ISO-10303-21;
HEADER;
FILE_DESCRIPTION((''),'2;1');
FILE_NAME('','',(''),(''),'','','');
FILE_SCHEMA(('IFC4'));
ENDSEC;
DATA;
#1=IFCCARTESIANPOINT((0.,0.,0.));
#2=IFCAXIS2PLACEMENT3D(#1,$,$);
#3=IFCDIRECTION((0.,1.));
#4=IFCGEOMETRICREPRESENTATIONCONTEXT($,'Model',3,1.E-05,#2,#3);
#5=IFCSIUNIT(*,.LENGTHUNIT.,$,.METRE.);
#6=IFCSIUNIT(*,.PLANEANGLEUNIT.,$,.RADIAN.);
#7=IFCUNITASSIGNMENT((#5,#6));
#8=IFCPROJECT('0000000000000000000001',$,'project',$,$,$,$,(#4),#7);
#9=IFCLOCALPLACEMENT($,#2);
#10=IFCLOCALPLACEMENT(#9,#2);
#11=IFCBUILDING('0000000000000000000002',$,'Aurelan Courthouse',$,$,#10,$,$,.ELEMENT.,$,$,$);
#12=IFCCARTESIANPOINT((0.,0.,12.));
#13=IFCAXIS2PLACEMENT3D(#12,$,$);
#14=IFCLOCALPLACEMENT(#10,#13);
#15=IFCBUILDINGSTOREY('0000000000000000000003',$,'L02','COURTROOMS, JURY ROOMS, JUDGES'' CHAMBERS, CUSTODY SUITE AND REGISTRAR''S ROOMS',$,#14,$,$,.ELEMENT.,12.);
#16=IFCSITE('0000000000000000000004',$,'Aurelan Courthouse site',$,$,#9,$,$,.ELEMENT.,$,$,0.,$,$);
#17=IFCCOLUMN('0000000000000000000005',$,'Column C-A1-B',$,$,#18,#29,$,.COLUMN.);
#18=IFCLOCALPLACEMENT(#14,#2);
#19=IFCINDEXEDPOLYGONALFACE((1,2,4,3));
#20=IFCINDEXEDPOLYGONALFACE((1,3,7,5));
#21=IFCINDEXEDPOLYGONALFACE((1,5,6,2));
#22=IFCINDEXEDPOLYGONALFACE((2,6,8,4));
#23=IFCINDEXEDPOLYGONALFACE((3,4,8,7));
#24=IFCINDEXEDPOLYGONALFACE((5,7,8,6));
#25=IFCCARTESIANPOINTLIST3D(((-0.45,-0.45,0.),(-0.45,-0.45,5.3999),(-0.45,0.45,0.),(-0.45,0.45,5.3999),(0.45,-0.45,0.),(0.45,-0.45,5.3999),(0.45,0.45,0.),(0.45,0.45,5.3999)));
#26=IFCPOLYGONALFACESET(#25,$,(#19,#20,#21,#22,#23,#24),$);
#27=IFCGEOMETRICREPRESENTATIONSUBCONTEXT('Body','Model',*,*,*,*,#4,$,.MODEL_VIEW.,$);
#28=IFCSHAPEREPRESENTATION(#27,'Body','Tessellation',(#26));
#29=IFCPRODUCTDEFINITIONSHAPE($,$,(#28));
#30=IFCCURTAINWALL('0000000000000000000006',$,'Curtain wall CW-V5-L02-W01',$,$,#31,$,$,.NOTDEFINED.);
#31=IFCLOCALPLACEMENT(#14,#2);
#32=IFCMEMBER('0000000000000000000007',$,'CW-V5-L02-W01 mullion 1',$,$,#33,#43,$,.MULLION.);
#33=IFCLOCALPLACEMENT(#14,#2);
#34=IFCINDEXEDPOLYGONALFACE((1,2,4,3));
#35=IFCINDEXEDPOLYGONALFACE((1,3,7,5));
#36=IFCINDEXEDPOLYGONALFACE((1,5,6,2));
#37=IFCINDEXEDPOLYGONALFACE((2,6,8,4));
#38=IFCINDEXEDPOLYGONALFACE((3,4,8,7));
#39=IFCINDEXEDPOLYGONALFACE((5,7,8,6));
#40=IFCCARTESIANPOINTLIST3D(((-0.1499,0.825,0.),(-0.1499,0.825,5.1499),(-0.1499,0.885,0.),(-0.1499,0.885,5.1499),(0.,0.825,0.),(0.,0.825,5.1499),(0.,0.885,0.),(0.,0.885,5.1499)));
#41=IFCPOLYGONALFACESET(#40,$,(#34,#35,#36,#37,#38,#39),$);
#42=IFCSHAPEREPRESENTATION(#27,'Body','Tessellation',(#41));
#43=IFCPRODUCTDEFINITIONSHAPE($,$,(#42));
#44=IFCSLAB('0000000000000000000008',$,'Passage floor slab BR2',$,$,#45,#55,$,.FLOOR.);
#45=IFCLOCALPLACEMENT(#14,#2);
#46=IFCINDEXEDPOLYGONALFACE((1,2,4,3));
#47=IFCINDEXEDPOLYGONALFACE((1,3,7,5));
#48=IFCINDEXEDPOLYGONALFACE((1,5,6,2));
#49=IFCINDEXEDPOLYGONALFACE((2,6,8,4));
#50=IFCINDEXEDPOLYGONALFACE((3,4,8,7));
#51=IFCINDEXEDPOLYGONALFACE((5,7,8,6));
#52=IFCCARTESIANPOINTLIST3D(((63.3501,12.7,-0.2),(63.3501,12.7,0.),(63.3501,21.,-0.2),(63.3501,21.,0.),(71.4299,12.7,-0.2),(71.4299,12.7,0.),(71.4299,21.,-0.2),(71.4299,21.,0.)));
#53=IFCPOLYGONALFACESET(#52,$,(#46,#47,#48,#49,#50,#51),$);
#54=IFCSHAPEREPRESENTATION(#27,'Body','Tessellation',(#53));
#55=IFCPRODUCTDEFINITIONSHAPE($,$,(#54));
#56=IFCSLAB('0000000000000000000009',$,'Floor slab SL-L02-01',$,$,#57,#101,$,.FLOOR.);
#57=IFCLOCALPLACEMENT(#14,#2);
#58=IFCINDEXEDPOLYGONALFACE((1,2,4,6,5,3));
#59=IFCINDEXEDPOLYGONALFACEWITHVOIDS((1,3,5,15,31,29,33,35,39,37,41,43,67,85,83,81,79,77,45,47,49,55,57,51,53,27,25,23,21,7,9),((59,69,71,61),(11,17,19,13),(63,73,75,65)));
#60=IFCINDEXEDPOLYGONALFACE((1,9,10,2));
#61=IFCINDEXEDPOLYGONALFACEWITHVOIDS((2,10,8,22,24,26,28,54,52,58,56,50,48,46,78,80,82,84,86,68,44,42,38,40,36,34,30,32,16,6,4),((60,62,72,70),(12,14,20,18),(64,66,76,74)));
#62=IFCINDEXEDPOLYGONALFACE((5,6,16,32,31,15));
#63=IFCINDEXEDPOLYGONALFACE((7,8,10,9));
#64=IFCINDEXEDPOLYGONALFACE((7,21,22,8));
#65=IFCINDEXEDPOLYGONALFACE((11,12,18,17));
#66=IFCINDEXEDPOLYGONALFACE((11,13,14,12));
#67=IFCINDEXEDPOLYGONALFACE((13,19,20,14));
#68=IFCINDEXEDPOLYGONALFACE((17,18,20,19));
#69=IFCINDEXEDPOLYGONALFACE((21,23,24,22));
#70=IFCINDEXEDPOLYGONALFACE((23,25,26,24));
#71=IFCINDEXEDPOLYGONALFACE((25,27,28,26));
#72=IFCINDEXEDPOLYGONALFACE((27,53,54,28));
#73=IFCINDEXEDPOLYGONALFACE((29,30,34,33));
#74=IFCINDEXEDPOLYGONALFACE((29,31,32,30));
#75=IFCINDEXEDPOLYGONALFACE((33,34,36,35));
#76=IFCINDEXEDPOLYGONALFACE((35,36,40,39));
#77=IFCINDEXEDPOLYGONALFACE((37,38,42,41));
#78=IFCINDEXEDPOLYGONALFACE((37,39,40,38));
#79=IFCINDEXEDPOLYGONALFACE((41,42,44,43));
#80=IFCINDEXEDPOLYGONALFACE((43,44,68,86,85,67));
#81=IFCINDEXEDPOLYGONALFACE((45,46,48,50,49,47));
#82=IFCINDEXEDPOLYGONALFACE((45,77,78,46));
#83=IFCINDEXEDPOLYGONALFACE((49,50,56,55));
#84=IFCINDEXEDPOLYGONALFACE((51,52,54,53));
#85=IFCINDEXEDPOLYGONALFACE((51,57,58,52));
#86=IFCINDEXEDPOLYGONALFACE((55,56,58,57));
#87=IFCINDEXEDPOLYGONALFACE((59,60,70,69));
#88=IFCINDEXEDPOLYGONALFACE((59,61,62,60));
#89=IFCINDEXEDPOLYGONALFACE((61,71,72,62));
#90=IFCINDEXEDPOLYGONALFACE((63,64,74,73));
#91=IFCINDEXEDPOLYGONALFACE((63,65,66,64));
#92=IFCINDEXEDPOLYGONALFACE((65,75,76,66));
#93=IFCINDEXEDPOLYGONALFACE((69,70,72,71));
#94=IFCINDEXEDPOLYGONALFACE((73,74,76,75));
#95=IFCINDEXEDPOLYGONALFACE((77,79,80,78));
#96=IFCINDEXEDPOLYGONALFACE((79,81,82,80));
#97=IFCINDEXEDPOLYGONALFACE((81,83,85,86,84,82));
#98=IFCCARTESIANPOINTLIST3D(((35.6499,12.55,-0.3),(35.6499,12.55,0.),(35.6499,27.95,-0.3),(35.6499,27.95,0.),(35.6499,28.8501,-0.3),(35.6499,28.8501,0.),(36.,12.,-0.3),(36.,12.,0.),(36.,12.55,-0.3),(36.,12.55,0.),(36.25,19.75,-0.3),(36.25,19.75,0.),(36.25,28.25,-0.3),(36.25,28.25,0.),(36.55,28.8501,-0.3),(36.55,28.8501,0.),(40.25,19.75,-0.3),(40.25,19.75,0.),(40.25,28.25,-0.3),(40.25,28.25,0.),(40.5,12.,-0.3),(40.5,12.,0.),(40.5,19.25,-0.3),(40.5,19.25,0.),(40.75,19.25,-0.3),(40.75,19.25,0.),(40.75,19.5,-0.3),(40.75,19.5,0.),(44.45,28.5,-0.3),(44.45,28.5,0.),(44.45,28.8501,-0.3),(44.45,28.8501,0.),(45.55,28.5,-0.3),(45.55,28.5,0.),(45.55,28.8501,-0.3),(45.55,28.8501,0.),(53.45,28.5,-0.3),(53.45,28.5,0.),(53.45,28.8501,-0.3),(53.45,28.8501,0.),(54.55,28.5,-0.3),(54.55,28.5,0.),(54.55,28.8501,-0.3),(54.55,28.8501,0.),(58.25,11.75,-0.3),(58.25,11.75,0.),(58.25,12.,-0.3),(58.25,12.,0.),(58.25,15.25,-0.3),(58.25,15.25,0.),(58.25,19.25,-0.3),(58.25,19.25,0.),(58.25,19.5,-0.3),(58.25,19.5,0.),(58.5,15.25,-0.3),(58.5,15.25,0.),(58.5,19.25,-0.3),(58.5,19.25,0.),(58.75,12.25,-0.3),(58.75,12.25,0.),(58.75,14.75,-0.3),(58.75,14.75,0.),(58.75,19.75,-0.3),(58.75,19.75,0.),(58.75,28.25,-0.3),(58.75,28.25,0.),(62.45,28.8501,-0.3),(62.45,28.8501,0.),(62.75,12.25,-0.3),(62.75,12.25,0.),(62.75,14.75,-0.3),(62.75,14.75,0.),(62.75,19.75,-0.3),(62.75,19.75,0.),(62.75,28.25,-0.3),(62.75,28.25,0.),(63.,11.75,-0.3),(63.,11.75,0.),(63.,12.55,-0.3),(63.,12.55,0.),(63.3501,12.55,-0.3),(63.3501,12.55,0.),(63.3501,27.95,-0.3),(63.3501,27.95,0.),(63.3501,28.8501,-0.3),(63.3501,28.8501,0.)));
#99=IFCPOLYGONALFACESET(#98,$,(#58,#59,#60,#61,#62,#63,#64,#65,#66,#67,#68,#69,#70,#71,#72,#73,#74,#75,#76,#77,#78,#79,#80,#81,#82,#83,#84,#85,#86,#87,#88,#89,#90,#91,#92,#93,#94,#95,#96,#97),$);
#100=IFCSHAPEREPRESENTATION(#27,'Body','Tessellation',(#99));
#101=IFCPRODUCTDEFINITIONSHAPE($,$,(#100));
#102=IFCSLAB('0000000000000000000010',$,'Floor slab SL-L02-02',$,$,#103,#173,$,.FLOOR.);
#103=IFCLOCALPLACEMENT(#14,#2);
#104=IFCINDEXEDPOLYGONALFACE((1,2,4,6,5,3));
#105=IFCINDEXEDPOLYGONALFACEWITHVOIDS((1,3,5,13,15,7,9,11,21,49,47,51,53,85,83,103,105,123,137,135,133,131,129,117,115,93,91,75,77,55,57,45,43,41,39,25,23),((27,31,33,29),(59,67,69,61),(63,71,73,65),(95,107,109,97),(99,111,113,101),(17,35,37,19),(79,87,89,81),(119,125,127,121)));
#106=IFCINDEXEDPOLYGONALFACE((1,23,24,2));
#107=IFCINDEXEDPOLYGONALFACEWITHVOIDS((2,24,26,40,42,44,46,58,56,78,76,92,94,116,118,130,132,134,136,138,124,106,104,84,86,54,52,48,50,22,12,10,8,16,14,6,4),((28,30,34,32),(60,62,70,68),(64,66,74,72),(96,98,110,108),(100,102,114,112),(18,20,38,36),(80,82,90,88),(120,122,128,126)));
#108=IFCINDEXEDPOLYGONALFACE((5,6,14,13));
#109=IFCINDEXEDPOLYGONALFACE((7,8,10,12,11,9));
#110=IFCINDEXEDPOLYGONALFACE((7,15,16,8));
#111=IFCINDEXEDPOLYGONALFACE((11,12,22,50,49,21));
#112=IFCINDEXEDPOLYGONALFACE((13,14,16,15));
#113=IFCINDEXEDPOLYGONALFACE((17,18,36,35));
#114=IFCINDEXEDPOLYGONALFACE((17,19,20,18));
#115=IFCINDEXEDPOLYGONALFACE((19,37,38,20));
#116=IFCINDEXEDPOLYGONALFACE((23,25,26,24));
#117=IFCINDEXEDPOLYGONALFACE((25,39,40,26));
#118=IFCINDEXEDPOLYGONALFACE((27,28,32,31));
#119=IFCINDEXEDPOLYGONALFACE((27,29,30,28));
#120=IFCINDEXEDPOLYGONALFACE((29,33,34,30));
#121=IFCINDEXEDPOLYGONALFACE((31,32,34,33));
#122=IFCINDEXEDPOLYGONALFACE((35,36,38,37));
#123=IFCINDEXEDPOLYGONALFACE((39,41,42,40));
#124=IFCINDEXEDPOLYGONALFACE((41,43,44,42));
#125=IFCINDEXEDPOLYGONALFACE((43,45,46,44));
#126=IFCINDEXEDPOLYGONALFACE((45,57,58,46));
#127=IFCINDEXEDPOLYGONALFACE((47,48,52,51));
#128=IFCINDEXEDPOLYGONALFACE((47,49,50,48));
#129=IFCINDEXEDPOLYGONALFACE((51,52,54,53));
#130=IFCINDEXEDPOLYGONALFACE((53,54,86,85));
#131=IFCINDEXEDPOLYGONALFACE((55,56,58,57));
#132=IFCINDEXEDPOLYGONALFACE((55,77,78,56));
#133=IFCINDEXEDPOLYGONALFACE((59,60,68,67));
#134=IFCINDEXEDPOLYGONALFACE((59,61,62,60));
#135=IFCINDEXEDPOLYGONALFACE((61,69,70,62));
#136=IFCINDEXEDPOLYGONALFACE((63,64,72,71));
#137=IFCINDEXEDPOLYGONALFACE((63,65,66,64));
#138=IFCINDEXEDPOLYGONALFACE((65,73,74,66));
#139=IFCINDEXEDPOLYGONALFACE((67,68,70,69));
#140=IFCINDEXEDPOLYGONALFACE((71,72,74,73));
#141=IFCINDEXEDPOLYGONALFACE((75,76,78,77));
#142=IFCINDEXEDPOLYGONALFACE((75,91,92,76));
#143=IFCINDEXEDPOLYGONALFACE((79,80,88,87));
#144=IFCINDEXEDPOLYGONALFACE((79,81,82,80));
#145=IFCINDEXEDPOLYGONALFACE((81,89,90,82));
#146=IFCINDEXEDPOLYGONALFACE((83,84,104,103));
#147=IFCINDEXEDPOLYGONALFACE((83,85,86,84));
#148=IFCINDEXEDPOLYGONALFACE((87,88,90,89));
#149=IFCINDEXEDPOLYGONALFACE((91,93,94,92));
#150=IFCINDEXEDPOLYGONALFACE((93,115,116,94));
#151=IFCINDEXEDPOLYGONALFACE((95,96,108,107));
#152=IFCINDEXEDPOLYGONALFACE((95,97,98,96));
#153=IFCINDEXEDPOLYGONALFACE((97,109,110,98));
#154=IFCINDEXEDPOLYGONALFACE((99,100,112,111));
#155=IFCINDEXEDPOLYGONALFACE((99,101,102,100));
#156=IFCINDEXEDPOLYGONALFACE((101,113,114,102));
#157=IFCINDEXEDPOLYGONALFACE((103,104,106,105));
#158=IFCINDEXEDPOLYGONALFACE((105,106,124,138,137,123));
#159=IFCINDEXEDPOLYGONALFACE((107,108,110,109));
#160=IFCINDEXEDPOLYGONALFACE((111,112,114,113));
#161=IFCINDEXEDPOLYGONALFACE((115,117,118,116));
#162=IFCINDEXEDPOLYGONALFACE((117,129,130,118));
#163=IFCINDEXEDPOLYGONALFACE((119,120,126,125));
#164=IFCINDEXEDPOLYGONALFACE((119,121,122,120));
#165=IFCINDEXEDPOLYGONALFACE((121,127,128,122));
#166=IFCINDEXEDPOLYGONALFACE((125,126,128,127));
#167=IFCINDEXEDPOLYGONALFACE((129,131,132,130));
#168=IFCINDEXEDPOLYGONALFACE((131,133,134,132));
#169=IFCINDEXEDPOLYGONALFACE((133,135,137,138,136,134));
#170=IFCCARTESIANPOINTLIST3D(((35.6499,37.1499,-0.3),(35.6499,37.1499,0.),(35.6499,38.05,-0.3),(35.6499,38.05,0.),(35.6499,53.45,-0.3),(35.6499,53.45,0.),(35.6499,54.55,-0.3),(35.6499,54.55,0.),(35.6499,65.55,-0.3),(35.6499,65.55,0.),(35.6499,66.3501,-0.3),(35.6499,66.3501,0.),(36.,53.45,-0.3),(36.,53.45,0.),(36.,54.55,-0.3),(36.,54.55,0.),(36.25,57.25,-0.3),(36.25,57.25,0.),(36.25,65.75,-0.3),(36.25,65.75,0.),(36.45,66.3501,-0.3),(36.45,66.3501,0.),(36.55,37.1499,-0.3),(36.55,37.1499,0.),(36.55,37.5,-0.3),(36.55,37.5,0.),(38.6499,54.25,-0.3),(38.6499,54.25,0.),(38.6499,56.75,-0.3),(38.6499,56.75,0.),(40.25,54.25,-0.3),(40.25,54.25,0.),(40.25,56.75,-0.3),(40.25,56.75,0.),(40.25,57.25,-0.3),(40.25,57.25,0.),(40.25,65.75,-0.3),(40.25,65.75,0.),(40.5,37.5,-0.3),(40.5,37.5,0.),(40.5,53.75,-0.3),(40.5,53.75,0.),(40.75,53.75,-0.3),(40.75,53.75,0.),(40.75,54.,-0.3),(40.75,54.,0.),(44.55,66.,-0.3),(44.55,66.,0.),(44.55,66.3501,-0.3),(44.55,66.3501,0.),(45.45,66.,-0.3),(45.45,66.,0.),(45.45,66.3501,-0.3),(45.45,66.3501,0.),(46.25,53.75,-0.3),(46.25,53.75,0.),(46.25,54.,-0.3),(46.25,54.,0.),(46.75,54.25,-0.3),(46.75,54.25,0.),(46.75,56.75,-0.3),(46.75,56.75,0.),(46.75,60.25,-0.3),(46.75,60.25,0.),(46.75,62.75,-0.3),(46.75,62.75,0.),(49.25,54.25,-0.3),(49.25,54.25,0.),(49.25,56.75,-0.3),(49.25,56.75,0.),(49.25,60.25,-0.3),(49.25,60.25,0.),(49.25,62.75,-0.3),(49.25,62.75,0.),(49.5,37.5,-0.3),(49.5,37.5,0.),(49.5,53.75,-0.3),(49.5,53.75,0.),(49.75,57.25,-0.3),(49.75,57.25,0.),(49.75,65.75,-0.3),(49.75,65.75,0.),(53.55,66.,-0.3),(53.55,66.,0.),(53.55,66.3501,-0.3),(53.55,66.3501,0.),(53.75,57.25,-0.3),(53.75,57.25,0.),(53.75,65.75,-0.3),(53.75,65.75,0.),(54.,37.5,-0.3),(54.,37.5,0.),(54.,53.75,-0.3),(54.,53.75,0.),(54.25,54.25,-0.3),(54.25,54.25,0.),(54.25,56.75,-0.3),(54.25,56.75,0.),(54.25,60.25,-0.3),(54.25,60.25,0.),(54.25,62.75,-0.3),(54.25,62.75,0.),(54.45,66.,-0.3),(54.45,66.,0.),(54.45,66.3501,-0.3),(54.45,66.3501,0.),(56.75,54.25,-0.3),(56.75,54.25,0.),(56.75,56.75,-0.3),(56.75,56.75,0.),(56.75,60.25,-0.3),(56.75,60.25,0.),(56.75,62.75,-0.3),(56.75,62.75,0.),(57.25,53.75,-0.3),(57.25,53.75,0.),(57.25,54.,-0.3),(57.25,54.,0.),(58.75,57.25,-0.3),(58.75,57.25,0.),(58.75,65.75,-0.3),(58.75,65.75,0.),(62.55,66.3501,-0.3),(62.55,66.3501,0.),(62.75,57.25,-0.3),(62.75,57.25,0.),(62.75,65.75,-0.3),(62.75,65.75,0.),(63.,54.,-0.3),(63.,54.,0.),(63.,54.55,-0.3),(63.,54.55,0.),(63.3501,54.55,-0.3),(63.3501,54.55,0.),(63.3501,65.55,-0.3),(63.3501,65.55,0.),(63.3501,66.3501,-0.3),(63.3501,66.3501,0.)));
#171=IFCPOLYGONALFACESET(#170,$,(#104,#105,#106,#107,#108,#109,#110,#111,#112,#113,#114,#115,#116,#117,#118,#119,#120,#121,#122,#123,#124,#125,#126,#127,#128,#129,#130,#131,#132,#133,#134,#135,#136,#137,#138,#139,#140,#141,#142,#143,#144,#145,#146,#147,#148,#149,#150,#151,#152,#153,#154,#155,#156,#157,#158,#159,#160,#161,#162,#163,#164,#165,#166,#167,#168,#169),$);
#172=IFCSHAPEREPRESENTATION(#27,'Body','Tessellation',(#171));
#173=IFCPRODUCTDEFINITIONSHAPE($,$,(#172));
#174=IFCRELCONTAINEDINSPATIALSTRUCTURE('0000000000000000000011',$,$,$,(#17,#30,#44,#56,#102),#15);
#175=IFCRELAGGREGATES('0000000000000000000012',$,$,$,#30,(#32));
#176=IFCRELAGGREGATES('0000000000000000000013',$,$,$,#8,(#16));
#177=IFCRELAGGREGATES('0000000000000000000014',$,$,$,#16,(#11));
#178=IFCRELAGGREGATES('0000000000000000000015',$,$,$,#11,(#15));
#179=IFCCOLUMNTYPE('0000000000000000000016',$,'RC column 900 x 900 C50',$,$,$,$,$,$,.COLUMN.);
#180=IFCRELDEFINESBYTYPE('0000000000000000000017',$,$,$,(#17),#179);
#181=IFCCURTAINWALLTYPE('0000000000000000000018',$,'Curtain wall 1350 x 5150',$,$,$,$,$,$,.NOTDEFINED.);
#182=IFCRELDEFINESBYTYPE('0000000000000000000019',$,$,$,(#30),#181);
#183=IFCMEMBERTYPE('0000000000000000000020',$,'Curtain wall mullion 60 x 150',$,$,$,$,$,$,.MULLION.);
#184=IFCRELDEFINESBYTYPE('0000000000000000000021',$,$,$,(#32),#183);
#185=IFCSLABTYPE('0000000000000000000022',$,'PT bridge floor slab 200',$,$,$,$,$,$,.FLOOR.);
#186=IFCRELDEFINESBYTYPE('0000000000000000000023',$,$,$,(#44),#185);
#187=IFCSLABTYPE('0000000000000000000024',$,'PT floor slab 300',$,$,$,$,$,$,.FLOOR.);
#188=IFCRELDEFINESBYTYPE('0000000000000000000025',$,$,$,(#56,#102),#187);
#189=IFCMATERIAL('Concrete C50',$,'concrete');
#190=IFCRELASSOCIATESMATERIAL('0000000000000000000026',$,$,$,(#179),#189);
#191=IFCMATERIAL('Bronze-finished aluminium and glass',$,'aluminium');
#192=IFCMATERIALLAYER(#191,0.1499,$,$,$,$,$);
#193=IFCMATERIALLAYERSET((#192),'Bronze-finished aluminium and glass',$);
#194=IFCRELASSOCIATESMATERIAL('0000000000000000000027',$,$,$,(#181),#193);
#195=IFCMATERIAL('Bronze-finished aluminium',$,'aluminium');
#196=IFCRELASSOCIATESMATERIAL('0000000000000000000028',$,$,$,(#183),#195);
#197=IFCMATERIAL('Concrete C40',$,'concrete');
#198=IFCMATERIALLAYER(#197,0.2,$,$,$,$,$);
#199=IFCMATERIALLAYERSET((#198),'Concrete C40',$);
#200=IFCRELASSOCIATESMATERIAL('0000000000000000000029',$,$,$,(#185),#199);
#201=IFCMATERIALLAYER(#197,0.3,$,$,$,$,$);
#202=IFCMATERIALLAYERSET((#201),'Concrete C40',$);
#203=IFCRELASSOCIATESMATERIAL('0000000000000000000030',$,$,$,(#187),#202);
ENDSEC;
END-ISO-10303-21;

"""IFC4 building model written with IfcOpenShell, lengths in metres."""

from ifc_helpers import new_model, si_unit, direction, frame, origin, origin_with_axes, origin_2d, place, context, subcontext, project, spatial, polyline, rectangle, outline, extrude, material, layer, layer_set, material_profile, profile_set, type_object, element, aggregate, save


model = new_model("IFC4")

# Units and contexts
model_context = context("Model", 3, precision=1e-05, world=origin(), true_north=direction((0.0, 1.0)))
body_context = subcontext(model_context, "Body", "Model", "MODEL_VIEW")
ifc_project = project(units=[si_unit("LENGTHUNIT", "METRE"), si_unit("PLANEANGLEUNIT", "RADIAN")], contexts=[model_context])

# Site, building, storey
site_placement = place(None, origin())
site = spatial("IfcSite", under=ifc_project, at=site_placement, Name="Aurelan Courthouse site", CompositionType="ELEMENT", RefElevation=0.0)
building_placement = place(site_placement, origin())
building = spatial("IfcBuilding", under=site, at=building_placement, Name="Aurelan Courthouse", CompositionType="ELEMENT")
storey_placement = place(building_placement, frame((0.0, 0.0, 12.0)))
storey = spatial("IfcBuildingStorey", under=building, at=storey_placement, Name="L02", Description="COURTROOMS, JURY ROOMS, JUDGES' CHAMBERS, CUSTODY SUITE AND REGISTRAR'S ROOMS", CompositionType="ELEMENT", Elevation=12.0)

# Column
ifc_material_1 = material(Name="Concrete C50", Category="concrete")
ifc_material_profile_1 = material_profile(ifc_material_1, rectangle(XDim=0.8999, YDim=0.8999, at=origin_2d()), Name="RC 900 x 900")
ifc_profile_set_1 = profile_set([ifc_material_profile_1], Name="Concrete C50")
column_type = type_object("IfcColumnType", Name="RC column 900 x 900 C50", PredefinedType="COLUMN", material=ifc_profile_set_1)
column_placement = place(storey_placement, origin_with_axes())
element("IfcColumn", 1, at=column_placement, inside=storey, type_object=column_type, Name="Column C-A1-B", PredefinedType="COLUMN", context=body_context, shape_type="SweptSolid", body=[
    extrude(rectangle(XDim=0.8999, YDim=0.8999, at=origin_2d()), origin(), (0.0, 0.0, 1.0), 5.3999),
])

# Curtain wall, member
ifc_material_2 = material(Name="Bronze-finished aluminium and glass", Category="aluminium")
ifc_layer_1 = layer(ifc_material_2, 0.1499)
ifc_layer_set_1 = layer_set([ifc_layer_1], Name="Bronze-finished aluminium and glass")
curtain_wall_type = type_object("IfcCurtainWallType", Name="Curtain wall 1350 x 5150", PredefinedType="NOTDEFINED", material=ifc_layer_set_1)
curtain_wall_placement = place(storey_placement, origin())
curtain_wall = element("IfcCurtainWall", 2, at=curtain_wall_placement, inside=storey, type_object=curtain_wall_type, Name="Curtain wall CW-V5-L02-W01", PredefinedType="NOTDEFINED")
ifc_material_3 = material(Name="Bronze-finished aluminium", Category="aluminium")
ifc_material_profile_2 = material_profile(ifc_material_3, rectangle(XDim=0.1499, YDim=0.0601, at=origin_2d()), Name="Bronze mullion 60 x 150")
ifc_profile_set_2 = profile_set([ifc_material_profile_2], Name="Bronze-finished aluminium")
member_type = type_object("IfcMemberType", Name="Curtain wall mullion 60 x 150", PredefinedType="MULLION", material=ifc_profile_set_2)
member_placement = place(storey_placement, frame((-0.075, 0.855, 0.0), z_axis=(0.0, 0.0, 1.0), x_axis=(-1.0, 0.0, 0.0)))
member = element("IfcMember", 3, at=member_placement, type_object=member_type, Name="CW-V5-L02-W01 mullion 1", PredefinedType="MULLION", context=body_context, shape_type="SweptSolid", body=[
    extrude(rectangle(XDim=0.1499, YDim=0.0601, at=origin_2d()), origin(), (0.0, 0.0, 1.0), 5.1499),
])
aggregate(curtain_wall, [member])

# Slabs
ifc_material_4 = material(Name="Concrete C40", Category="concrete")
ifc_layer_2 = layer(ifc_material_4, 0.2)
ifc_layer_set_2 = layer_set([ifc_layer_2], Name="Concrete C40")
slab_type_1 = type_object("IfcSlabType", Name="PT bridge floor slab 200", PredefinedType="FLOOR", material=ifc_layer_set_2)
slab_1_placement = place(storey_placement, frame((0.0, 0.0, -0.2)))
element("IfcSlab", 4, at=slab_1_placement, inside=storey, type_object=slab_type_1, Name="Passage floor slab BR2", PredefinedType="FLOOR", context=body_context, shape_type="SweptSolid", body=[
    extrude(outline(polyline([(63.3501, 12.7), (71.4299, 12.7), (71.4299, 21.0), (63.3501, 21.0), (63.3501, 12.7)])), origin(), (0.0, 0.0, 1.0), 0.2),
])
ifc_layer_3 = layer(ifc_material_4, 0.3)
ifc_layer_set_3 = layer_set([ifc_layer_3], Name="Concrete C40")
slab_type_2 = type_object("IfcSlabType", Name="PT floor slab 300", PredefinedType="FLOOR", material=ifc_layer_set_3)
slab_2_placement = place(storey_placement, frame((0.0, 0.0, -0.3)))
element("IfcSlab", 5, at=slab_2_placement, inside=storey, type_object=slab_type_2, Name="Floor slab SL-L02-01", PredefinedType="FLOOR", context=body_context, shape_type="SweptSolid", body=[
    extrude(outline(polyline([(58.5, 19.25), (58.5, 15.25), (58.25, 15.25), (58.25, 12.0), (58.25, 11.75), (63.0, 11.75), (63.0, 12.55), (63.3501, 12.55), (63.3501, 27.95), (63.3501, 28.8501), (62.45, 28.8501), (54.55, 28.8501), (54.55, 28.5), (53.45, 28.5), (53.45, 28.8501), (45.55, 28.8501), (45.55, 28.5), (44.45, 28.5), (44.45, 28.8501), (36.55, 28.8501), (35.6499, 28.8501), (35.6499, 27.95), (35.6499, 12.55), (36.0, 12.55), (36.0, 12.0), (40.5, 12.0), (40.5, 19.25), (40.75, 19.25), (40.75, 19.5), (58.25, 19.5), (58.25, 19.25), (58.5, 19.25)]), holes=[polyline([(58.75, 19.75), (58.75, 28.25), (62.75, 28.25), (62.75, 19.75), (58.75, 19.75)]), polyline([(62.75, 14.75), (62.75, 12.25), (58.75, 12.25), (58.75, 14.75), (62.75, 14.75)]), polyline([(36.25, 28.25), (40.25, 28.25), (40.25, 19.75), (36.25, 19.75), (36.25, 28.25)])]), origin(), (0.0, 0.0, 1.0), 0.3),
])
slab_3_placement = place(storey_placement, frame((0.0, 0.0, -0.3)))
element("IfcSlab", 6, at=slab_3_placement, inside=storey, type_object=slab_type_2, Name="Floor slab SL-L02-02", PredefinedType="FLOOR", context=body_context, shape_type="SweptSolid", body=[
    extrude(outline(polyline([(36.45, 66.3501), (35.6499, 66.3501), (35.6499, 65.55), (35.6499, 54.55), (36.0, 54.55), (36.0, 53.45), (35.6499, 53.45), (35.6499, 38.05), (35.6499, 37.1499), (36.55, 37.1499), (36.55, 37.5), (40.5, 37.5), (40.5, 53.75), (40.75, 53.75), (40.75, 54.0), (46.25, 54.0), (46.25, 53.75), (49.5, 53.75), (49.5, 37.5), (54.0, 37.5), (54.0, 53.75), (57.25, 53.75), (57.25, 54.0), (63.0, 54.0), (63.0, 54.55), (63.3501, 54.55), (63.3501, 65.55), (63.3501, 66.3501), (62.55, 66.3501), (54.45, 66.3501), (54.45, 66.0), (53.55, 66.0), (53.55, 66.3501), (45.45, 66.3501), (45.45, 66.0), (44.55, 66.0), (44.55, 66.3501), (36.45, 66.3501)]), holes=[polyline([(58.75, 65.75), (62.75, 65.75), (62.75, 57.25), (58.75, 57.25), (58.75, 65.75)]), polyline([(56.75, 56.75), (56.75, 54.25), (54.25, 54.25), (54.25, 56.75), (56.75, 56.75)]), polyline([(56.75, 60.25), (54.25, 60.25), (54.25, 62.75), (56.75, 62.75), (56.75, 60.25)]), polyline([(49.75, 57.25), (49.75, 65.75), (53.75, 65.75), (53.75, 57.25), (49.75, 57.25)]), polyline([(46.75, 56.75), (49.25, 56.75), (49.25, 54.25), (46.75, 54.25), (46.75, 56.75)]), polyline([(46.75, 60.25), (46.75, 62.75), (49.25, 62.75), (49.25, 60.25), (46.75, 60.25)]), polyline([(40.25, 56.75), (40.25, 54.25), (38.6499, 54.25), (38.6499, 56.75), (40.25, 56.75)]), polyline([(40.25, 57.25), (36.25, 57.25), (36.25, 65.75), (40.25, 65.75), (40.25, 57.25)])]), origin(), (0.0, 0.0, 1.0), 0.3),
])

save(model, "model.ifc")
